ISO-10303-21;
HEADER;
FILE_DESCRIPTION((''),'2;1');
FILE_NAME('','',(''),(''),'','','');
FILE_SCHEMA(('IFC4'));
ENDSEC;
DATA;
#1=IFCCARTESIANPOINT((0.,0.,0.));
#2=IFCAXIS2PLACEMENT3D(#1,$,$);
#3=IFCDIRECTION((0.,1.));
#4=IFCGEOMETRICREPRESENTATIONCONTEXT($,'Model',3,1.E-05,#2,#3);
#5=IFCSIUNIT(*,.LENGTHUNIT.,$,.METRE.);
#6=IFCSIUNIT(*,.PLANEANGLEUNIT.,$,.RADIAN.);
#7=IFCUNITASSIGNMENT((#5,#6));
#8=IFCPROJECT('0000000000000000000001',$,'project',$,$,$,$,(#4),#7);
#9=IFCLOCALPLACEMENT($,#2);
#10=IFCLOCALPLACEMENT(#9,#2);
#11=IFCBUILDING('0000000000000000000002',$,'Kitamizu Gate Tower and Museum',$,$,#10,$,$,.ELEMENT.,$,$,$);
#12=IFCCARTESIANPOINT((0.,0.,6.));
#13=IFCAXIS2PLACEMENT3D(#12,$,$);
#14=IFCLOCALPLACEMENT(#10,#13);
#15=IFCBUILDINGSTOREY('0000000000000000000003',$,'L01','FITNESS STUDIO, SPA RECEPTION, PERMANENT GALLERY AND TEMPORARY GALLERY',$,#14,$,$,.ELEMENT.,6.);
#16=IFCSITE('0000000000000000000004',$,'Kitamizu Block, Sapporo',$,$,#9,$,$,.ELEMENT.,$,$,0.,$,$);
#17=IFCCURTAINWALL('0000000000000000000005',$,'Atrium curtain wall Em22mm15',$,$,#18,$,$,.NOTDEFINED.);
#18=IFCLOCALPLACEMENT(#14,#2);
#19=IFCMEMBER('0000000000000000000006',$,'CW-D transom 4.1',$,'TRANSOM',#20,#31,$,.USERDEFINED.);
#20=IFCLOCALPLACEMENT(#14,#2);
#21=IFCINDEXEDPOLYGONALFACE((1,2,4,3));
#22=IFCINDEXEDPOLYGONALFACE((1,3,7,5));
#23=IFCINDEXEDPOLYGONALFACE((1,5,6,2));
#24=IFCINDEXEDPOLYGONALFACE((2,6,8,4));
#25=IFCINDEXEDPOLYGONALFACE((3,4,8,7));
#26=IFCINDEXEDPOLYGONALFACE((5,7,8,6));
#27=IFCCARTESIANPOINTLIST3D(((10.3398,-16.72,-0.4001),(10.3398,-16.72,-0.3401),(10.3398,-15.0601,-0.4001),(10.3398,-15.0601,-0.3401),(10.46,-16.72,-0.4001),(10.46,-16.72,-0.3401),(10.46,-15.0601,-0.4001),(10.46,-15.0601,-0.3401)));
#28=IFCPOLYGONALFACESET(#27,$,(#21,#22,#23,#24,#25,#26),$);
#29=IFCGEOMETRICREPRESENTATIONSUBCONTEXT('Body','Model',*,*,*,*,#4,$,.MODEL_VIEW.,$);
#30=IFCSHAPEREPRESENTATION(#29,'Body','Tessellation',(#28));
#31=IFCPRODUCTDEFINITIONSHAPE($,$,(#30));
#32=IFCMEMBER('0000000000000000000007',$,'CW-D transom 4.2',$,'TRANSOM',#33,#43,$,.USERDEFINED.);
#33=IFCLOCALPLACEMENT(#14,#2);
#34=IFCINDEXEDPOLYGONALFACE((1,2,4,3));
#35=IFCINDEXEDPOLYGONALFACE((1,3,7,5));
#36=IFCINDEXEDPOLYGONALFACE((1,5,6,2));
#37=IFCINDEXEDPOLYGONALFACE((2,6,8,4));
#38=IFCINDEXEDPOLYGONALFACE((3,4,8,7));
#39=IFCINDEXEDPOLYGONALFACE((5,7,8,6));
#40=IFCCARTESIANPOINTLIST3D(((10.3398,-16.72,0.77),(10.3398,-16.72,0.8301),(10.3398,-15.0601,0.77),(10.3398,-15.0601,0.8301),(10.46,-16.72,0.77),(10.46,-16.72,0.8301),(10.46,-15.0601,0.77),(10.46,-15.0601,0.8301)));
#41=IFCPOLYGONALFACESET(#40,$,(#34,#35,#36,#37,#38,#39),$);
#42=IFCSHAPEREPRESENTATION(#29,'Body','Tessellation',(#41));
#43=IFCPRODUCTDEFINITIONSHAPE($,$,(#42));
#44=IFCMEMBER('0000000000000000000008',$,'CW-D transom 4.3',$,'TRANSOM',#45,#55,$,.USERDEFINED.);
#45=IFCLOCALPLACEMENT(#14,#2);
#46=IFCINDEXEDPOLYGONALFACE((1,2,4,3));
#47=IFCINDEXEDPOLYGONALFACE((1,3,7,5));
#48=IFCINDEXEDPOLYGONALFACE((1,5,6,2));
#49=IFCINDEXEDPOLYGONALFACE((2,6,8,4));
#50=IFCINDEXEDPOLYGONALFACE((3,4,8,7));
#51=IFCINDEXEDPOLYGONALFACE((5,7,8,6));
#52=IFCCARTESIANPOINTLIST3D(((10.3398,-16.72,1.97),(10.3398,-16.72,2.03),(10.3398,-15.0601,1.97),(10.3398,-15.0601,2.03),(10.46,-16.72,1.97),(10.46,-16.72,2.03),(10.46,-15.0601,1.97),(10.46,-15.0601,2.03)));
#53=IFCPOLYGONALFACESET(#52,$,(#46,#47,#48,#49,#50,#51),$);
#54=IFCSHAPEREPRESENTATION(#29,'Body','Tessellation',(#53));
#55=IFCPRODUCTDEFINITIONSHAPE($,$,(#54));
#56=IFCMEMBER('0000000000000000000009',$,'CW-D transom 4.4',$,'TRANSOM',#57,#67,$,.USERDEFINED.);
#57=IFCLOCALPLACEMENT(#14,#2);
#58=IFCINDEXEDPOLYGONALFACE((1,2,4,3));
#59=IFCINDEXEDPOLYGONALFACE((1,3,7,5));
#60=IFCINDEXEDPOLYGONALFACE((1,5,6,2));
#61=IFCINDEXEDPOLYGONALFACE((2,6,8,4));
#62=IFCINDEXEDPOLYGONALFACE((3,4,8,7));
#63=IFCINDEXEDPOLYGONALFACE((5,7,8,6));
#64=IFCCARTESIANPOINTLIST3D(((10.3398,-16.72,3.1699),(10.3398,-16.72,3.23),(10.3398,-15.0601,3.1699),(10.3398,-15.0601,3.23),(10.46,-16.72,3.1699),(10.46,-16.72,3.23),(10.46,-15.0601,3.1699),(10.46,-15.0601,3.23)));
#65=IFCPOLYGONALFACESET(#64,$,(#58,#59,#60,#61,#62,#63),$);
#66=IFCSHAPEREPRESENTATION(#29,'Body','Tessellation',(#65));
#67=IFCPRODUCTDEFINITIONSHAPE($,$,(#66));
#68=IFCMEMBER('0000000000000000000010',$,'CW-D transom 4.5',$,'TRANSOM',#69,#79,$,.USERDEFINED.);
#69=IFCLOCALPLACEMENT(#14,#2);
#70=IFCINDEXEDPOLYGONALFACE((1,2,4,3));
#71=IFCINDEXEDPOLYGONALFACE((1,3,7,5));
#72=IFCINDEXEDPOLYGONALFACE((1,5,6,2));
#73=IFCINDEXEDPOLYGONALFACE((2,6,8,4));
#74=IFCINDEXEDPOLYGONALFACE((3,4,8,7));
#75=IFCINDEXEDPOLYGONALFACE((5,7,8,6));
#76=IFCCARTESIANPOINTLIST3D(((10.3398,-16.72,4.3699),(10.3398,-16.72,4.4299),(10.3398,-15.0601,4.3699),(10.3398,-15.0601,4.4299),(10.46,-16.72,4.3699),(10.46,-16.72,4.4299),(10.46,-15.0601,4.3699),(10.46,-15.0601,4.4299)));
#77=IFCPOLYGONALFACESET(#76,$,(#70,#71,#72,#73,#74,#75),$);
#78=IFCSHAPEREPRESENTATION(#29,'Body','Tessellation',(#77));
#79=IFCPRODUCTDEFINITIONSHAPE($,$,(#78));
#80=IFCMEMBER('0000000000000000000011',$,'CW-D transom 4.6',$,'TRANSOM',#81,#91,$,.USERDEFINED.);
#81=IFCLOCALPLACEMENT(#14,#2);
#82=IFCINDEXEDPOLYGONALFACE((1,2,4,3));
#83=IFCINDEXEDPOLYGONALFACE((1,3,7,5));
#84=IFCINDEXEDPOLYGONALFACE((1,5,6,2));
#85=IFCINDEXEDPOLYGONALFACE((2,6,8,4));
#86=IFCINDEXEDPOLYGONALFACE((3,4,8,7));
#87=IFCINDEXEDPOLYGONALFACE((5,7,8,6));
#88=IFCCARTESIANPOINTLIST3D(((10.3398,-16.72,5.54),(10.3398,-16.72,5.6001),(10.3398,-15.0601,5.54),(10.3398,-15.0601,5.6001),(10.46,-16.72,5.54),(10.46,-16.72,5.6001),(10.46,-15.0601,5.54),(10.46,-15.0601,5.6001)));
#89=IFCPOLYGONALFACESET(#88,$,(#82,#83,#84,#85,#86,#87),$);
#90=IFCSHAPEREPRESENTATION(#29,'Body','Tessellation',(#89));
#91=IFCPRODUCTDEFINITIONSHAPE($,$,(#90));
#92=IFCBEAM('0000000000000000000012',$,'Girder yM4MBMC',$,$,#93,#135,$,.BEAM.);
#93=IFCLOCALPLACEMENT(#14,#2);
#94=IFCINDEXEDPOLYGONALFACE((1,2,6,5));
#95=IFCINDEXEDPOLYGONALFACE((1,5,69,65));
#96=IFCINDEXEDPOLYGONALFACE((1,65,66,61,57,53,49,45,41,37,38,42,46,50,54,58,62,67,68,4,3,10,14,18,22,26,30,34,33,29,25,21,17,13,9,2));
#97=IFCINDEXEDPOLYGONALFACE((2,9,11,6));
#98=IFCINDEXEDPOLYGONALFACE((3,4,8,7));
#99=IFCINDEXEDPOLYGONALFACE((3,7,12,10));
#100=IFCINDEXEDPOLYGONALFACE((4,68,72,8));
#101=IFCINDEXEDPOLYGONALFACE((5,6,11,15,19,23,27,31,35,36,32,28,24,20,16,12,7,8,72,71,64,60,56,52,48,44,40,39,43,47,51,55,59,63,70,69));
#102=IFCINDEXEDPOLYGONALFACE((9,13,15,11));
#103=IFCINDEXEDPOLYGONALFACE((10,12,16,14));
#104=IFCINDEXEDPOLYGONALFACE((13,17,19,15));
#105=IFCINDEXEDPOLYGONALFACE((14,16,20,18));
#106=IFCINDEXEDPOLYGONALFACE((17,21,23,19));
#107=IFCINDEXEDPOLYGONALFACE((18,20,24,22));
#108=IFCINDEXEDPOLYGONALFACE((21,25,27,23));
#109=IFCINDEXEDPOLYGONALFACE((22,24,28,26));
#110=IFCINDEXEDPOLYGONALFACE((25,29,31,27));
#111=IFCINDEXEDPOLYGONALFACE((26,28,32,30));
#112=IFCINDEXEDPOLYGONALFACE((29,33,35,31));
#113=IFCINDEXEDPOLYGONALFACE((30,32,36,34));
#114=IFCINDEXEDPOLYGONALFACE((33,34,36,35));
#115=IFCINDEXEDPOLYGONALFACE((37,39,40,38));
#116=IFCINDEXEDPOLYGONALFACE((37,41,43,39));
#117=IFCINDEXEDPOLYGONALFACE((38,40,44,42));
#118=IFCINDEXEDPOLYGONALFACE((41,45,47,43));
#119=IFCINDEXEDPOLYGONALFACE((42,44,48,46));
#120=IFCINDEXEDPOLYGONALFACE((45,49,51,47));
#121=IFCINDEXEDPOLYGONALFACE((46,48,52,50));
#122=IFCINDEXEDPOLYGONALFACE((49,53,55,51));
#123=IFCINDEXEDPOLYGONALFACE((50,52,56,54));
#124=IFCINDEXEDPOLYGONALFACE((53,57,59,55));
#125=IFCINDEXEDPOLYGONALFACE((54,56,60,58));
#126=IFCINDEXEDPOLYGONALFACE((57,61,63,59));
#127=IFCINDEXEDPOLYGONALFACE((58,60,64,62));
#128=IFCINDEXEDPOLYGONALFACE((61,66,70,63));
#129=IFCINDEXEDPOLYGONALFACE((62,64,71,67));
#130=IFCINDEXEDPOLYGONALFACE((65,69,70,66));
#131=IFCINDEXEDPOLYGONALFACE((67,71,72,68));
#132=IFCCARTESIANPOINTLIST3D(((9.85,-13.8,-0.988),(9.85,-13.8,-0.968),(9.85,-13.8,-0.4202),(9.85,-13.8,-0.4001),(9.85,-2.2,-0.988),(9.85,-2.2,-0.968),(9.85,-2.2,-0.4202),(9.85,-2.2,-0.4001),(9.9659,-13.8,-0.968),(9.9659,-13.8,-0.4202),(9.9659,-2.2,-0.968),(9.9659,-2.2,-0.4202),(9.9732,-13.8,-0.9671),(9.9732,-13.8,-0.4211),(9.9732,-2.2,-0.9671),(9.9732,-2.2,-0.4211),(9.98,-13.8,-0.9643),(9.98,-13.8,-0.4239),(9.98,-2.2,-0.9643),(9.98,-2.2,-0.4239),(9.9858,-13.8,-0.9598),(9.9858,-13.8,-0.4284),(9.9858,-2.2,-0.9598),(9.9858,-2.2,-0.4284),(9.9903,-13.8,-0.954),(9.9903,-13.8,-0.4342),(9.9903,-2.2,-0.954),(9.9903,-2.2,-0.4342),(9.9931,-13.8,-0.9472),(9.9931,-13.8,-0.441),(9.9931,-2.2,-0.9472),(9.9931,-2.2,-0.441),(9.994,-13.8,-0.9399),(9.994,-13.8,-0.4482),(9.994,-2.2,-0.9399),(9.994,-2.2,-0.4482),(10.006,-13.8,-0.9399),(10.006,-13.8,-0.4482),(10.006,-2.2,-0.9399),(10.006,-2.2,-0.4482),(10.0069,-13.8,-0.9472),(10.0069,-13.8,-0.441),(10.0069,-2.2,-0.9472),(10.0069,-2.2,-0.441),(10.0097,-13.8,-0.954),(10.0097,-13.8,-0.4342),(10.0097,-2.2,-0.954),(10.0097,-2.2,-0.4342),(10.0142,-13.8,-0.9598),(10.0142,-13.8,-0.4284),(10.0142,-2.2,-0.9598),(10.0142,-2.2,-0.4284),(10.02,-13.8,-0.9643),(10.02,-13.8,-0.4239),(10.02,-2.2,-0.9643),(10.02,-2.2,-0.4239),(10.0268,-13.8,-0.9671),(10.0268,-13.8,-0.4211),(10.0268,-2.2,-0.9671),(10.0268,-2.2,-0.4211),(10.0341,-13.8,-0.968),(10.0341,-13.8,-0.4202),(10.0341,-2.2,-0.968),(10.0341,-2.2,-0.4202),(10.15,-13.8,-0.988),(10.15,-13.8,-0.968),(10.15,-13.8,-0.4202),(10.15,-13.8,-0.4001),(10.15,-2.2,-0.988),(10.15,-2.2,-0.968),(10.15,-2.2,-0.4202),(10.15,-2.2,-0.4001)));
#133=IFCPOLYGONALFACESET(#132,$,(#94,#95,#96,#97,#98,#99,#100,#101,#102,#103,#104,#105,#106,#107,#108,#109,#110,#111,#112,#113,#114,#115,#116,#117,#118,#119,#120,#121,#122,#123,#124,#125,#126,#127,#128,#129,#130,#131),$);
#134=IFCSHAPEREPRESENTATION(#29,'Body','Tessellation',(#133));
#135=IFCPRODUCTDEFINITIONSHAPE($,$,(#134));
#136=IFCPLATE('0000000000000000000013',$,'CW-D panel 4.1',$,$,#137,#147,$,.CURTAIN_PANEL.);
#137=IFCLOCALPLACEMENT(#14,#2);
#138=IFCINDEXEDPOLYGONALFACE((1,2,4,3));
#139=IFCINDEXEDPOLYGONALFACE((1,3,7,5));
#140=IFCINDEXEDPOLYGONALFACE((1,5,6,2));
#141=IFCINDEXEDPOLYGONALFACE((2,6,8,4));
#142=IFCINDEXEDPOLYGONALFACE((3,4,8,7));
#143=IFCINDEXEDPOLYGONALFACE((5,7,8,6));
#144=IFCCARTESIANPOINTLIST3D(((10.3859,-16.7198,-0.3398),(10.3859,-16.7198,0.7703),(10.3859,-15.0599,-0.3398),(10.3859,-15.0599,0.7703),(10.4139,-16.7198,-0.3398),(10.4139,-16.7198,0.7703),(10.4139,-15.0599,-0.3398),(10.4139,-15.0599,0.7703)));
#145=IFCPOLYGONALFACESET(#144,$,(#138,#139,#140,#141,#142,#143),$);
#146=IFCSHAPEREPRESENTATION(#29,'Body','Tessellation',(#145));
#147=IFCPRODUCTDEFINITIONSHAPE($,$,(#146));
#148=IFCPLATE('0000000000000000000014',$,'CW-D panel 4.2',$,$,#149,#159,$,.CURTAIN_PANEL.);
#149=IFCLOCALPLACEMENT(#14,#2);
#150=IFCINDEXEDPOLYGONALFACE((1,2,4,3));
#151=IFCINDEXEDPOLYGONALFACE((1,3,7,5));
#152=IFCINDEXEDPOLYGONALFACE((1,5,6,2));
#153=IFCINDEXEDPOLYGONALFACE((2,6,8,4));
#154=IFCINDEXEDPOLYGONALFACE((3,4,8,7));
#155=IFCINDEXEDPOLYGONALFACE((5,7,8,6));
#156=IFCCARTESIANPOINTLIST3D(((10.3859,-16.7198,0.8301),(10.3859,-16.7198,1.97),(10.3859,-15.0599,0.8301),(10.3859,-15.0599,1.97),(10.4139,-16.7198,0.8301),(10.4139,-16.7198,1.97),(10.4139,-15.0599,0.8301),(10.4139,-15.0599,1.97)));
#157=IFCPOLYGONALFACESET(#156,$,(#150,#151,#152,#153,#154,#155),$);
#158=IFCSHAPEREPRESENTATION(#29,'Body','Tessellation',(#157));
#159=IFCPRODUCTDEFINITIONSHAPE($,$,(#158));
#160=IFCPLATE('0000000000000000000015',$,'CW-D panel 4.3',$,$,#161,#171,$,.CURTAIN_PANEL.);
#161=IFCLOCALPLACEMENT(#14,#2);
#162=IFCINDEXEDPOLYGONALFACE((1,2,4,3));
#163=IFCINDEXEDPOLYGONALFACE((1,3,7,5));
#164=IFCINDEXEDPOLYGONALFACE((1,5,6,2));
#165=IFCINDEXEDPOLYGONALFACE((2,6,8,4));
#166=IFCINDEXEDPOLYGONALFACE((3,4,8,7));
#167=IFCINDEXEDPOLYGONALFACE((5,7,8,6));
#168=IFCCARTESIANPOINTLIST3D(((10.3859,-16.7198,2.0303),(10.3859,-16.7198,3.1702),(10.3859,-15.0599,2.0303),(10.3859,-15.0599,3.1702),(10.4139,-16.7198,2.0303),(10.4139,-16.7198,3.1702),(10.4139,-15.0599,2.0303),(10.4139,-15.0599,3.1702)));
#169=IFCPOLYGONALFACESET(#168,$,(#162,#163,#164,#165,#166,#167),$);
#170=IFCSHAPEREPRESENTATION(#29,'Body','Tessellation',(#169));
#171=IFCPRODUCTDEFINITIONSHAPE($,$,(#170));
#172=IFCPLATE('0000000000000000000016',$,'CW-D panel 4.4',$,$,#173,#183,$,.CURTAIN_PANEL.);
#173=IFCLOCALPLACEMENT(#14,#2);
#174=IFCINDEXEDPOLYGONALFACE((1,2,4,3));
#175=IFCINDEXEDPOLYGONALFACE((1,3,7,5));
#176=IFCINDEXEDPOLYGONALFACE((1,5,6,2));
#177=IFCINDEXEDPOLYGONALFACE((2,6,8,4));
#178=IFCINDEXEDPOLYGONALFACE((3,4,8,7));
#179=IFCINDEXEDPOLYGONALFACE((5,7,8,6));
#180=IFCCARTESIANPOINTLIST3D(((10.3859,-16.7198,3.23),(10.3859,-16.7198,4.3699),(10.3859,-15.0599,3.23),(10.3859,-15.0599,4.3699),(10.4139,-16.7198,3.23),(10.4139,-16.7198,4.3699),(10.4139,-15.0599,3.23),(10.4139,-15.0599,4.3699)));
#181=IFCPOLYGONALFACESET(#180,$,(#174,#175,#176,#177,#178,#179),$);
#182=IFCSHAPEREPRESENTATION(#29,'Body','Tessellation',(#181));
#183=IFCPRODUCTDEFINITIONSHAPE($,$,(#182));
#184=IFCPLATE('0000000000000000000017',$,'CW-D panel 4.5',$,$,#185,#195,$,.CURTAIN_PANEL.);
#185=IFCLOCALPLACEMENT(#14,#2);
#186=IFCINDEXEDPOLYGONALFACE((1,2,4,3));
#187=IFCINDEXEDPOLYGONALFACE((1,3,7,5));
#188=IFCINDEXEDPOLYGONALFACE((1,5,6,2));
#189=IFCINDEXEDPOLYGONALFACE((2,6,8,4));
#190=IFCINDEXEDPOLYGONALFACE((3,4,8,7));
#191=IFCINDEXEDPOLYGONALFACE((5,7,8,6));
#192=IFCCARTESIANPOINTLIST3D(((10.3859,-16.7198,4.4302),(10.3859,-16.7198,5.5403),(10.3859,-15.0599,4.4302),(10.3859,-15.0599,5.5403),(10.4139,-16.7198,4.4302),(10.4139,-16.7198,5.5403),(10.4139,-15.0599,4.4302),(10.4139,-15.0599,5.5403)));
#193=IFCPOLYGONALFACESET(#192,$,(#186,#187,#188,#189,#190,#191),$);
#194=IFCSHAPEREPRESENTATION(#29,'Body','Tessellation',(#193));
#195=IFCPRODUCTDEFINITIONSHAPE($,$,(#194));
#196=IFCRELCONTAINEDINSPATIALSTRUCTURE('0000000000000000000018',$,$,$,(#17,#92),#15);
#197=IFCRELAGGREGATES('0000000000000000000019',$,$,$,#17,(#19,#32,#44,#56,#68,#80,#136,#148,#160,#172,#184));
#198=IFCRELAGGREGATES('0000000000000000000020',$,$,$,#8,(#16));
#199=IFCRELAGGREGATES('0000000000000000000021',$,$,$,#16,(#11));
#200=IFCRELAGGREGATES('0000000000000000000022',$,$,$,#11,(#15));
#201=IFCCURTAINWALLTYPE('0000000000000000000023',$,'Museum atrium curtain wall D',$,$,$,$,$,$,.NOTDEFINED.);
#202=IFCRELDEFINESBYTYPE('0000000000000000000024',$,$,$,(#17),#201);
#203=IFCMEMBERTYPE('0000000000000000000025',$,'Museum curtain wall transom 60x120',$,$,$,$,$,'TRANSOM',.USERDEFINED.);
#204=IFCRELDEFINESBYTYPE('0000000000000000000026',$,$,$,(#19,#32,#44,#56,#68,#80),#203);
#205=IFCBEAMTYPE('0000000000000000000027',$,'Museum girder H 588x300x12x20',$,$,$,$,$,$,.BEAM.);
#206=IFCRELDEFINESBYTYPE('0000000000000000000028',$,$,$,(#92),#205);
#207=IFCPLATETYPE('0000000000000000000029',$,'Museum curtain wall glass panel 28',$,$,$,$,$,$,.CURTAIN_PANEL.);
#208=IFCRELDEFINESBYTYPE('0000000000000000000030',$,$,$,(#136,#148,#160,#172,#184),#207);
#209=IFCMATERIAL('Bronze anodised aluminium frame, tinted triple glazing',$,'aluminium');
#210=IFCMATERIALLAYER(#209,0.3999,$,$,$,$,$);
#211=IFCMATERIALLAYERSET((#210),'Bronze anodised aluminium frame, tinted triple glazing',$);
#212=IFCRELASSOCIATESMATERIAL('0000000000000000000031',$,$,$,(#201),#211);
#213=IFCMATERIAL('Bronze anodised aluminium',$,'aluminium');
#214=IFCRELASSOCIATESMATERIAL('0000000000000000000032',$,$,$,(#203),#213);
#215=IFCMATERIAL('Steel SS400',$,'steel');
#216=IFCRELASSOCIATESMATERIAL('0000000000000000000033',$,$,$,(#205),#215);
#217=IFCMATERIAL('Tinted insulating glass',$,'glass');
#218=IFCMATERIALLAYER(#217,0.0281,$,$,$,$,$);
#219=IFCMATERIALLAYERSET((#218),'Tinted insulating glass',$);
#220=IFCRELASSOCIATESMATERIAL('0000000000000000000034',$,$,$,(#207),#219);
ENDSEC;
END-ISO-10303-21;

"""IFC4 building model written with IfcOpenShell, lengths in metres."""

from ifc_helpers import new_model, si_unit, direction, frame, origin, origin_2d, place, context, subcontext, project, spatial, rectangle, i_section, extrude, material, layer, layer_set, material_profile, profile_set, type_object, element, aggregate, save


model = new_model("IFC4")

# Units and contexts
model_context = context("Model", 3, precision=1e-05, world=origin(), true_north=direction((0.0, 1.0)))
body_context = subcontext(model_context, "Body", "Model", "MODEL_VIEW")
ifc_project = project(units=[si_unit("LENGTHUNIT", "METRE"), si_unit("PLANEANGLEUNIT", "RADIAN")], contexts=[model_context])

# Site, building, storey
site_placement = place(None, origin())
site = spatial("IfcSite", under=ifc_project, at=site_placement, Name="Kitamizu Block, Sapporo", CompositionType="ELEMENT", RefElevation=0.0)
building_placement = place(site_placement, origin())
building = spatial("IfcBuilding", under=site, at=building_placement, Name="Kitamizu Gate Tower and Museum", CompositionType="ELEMENT")
storey_placement = place(building_placement, frame((0.0, 0.0, 6.0)))
storey = spatial("IfcBuildingStorey", under=building, at=storey_placement, Name="L01", Description="FITNESS STUDIO, SPA RECEPTION, PERMANENT GALLERY AND TEMPORARY GALLERY", CompositionType="ELEMENT", Elevation=6.0)

# Curtain wall, members
ifc_material_1 = material(Name="Bronze anodised aluminium frame, tinted triple glazing", Category="aluminium")
ifc_layer_1 = layer(ifc_material_1, 0.3999)
ifc_layer_set_1 = layer_set([ifc_layer_1], Name="Bronze anodised aluminium frame, tinted triple glazing")
curtain_wall_type = type_object("IfcCurtainWallType", Name="Museum atrium curtain wall D", PredefinedType="NOTDEFINED", material=ifc_layer_set_1)
curtain_wall_placement = place(storey_placement, origin())
curtain_wall = element("IfcCurtainWall", 1, at=curtain_wall_placement, inside=storey, type_object=curtain_wall_type, Name="Atrium curtain wall Em22mm15", PredefinedType="NOTDEFINED")
ifc_material_2 = material(Name="Bronze anodised aluminium", Category="aluminium")
ifc_material_profile_1 = material_profile(ifc_material_2, rectangle(XDim=0.1201, YDim=0.0601, at=origin_2d()), Name="120x60")
ifc_profile_set_1 = profile_set([ifc_material_profile_1], Name="Bronze anodised aluminium")
member_type_1 = type_object("IfcMemberType", Name="Museum curtain wall transom 60x120", ElementType="TRANSOM", PredefinedType="USERDEFINED", material=ifc_profile_set_1)
member_1_placement = place(storey_placement, frame((10.3999, -16.72, -0.3701), z_axis=(0.0, 1.0, 0.0), x_axis=(-1.0, 0.0, 0.0)))
member_1 = element("IfcMember", 2, at=member_1_placement, type_object=member_type_1, Name="CW-D transom 4.1", ObjectType="TRANSOM", PredefinedType="USERDEFINED", context=body_context, shape_type="SweptSolid", body=[
    extrude(rectangle(XDim=0.1201, YDim=0.0601, at=origin_2d()), origin(), (0.0, 0.0, 1.0), 1.6599),
])
member_2_placement = place(storey_placement, frame((10.3999, -16.72, 0.8), z_axis=(0.0, 1.0, 0.0), x_axis=(-1.0, 0.0, 0.0)))
member_2 = element("IfcMember", 3, at=member_2_placement, type_object=member_type_1, Name="CW-D transom 4.2", ObjectType="TRANSOM", PredefinedType="USERDEFINED", context=body_context, shape_type="SweptSolid", body=[
    extrude(rectangle(XDim=0.1201, YDim=0.0601, at=origin_2d()), origin(), (0.0, 0.0, 1.0), 1.6599),
])
member_3_placement = place(storey_placement, frame((10.3999, -16.72, 2.0), z_axis=(0.0, 1.0, 0.0), x_axis=(-1.0, 0.0, 0.0)))
member_3 = element("IfcMember", 4, at=member_3_placement, type_object=member_type_1, Name="CW-D transom 4.3", ObjectType="TRANSOM", PredefinedType="USERDEFINED", context=body_context, shape_type="SweptSolid", body=[
    extrude(rectangle(XDim=0.1201, YDim=0.0601, at=origin_2d()), origin(), (0.0, 0.0, 1.0), 1.6599),
])
member_4_placement = place(storey_placement, frame((10.3999, -16.72, 3.2), z_axis=(0.0, 1.0, 0.0), x_axis=(-1.0, 0.0, 0.0)))
member_4 = element("IfcMember", 5, at=member_4_placement, type_object=member_type_1, Name="CW-D transom 4.4", ObjectType="TRANSOM", PredefinedType="USERDEFINED", context=body_context, shape_type="SweptSolid", body=[
    extrude(rectangle(XDim=0.1201, YDim=0.0601, at=origin_2d()), origin(), (0.0, 0.0, 1.0), 1.6599),
])
member_5_placement = place(storey_placement, frame((10.3999, -16.72, 4.3999), z_axis=(0.0, 1.0, 0.0), x_axis=(-1.0, 0.0, 0.0)))
member_5 = element("IfcMember", 6, at=member_5_placement, type_object=member_type_1, Name="CW-D transom 4.5", ObjectType="TRANSOM", PredefinedType="USERDEFINED", context=body_context, shape_type="SweptSolid", body=[
    extrude(rectangle(XDim=0.1201, YDim=0.0601, at=origin_2d()), origin(), (0.0, 0.0, 1.0), 1.6599),
])
member_6_placement = place(storey_placement, frame((10.3999, -16.72, 5.5701), z_axis=(0.0, 1.0, 0.0), x_axis=(-1.0, 0.0, 0.0)))
member_6 = element("IfcMember", 7, at=member_6_placement, type_object=member_type_1, Name="CW-D transom 4.6", ObjectType="TRANSOM", PredefinedType="USERDEFINED", context=body_context, shape_type="SweptSolid", body=[
    extrude(rectangle(XDim=0.1201, YDim=0.0601, at=origin_2d()), origin(), (0.0, 0.0, 1.0), 1.6599),
])

# Beam
ifc_material_3 = material(Name="Steel SS400", Category="steel")
ifc_material_profile_2 = material_profile(ifc_material_3, i_section(OverallWidth=0.3, OverallDepth=0.5879, WebThickness=0.012, FlangeThickness=0.02, FilletRadius=0.0281, at=origin_2d()), Name="H-588x300x12x20")
ifc_profile_set_2 = profile_set([ifc_material_profile_2], Name="Steel SS400")
beam_type_1 = type_object("IfcBeamType", Name="Museum girder H 588x300x12x20", PredefinedType="BEAM", material=ifc_profile_set_2)
beam_1_placement = place(storey_placement, frame((10.0, -13.8, -0.6941), z_axis=(0.0, 1.0, 0.0), x_axis=(-1.0, 0.0, 0.0)))
element("IfcBeam", 8, at=beam_1_placement, inside=storey, type_object=beam_type_1, Name="Girder yM4MBMC", PredefinedType="BEAM", context=body_context, shape_type="SweptSolid", body=[
    extrude(i_section(OverallWidth=0.3, OverallDepth=0.5879, WebThickness=0.012, FlangeThickness=0.02, FilletRadius=0.0281, at=origin_2d()), origin(), (0.0, 0.0, 1.0), 11.6001),
])

# Plates
ifc_material_4 = material(Name="Tinted insulating glass", Category="glass")
ifc_layer_2 = layer(ifc_material_4, 0.0281)
ifc_layer_set_2 = layer_set([ifc_layer_2], Name="Tinted insulating glass")
plate_type = type_object("IfcPlateType", Name="Museum curtain wall glass panel 28", PredefinedType="CURTAIN_PANEL", material=ifc_layer_set_2)
plate_1_placement = place(storey_placement, frame((10.3999, -15.8899, -0.3398), z_axis=(0.0, 0.0, 1.0), x_axis=(0.0, 1.0, 0.0)))
plate_1 = element("IfcPlate", 9, at=plate_1_placement, type_object=plate_type, Name="CW-D panel 4.1", PredefinedType="CURTAIN_PANEL", context=body_context, shape_type="SweptSolid", body=[
    extrude(rectangle(XDim=1.6599, YDim=0.0281, at=origin_2d()), origin(), (0.0, 0.0, 1.0), 1.1101),
])
plate_2_placement = place(storey_placement, frame((10.3999, -15.8899, 0.8301), z_axis=(0.0, 0.0, 1.0), x_axis=(0.0, 1.0, 0.0)))
plate_2 = element("IfcPlate", 10, at=plate_2_placement, type_object=plate_type, Name="CW-D panel 4.2", PredefinedType="CURTAIN_PANEL", context=body_context, shape_type="SweptSolid", body=[
    extrude(rectangle(XDim=1.6599, YDim=0.0281, at=origin_2d()), origin(), (0.0, 0.0, 1.0), 1.1399),
])
plate_3_placement = place(storey_placement, frame((10.3999, -15.8899, 2.0303), z_axis=(0.0, 0.0, 1.0), x_axis=(0.0, 1.0, 0.0)))
plate_3 = element("IfcPlate", 11, at=plate_3_placement, type_object=plate_type, Name="CW-D panel 4.3", PredefinedType="CURTAIN_PANEL", context=body_context, shape_type="SweptSolid", body=[
    extrude(rectangle(XDim=1.6599, YDim=0.0281, at=origin_2d()), origin(), (0.0, 0.0, 1.0), 1.1399),
])
plate_4_placement = place(storey_placement, frame((10.3999, -15.8899, 3.23), z_axis=(0.0, 0.0, 1.0), x_axis=(0.0, 1.0, 0.0)))
plate_4 = element("IfcPlate", 12, at=plate_4_placement, type_object=plate_type, Name="CW-D panel 4.4", PredefinedType="CURTAIN_PANEL", context=body_context, shape_type="SweptSolid", body=[
    extrude(rectangle(XDim=1.6599, YDim=0.0281, at=origin_2d()), origin(), (0.0, 0.0, 1.0), 1.1399),
])
plate_5_placement = place(storey_placement, frame((10.3999, -15.8899, 4.4302), z_axis=(0.0, 0.0, 1.0), x_axis=(0.0, 1.0, 0.0)))
plate_5 = element("IfcPlate", 13, at=plate_5_placement, type_object=plate_type, Name="CW-D panel 4.5", PredefinedType="CURTAIN_PANEL", context=body_context, shape_type="SweptSolid", body=[
    extrude(rectangle(XDim=1.6599, YDim=0.0281, at=origin_2d()), origin(), (0.0, 0.0, 1.0), 1.1101),
])
aggregate(curtain_wall, [member_1, member_2, member_3, member_4, member_5, member_6, plate_1, plate_2, plate_3, plate_4, plate_5])

save(model, "model.ifc")
